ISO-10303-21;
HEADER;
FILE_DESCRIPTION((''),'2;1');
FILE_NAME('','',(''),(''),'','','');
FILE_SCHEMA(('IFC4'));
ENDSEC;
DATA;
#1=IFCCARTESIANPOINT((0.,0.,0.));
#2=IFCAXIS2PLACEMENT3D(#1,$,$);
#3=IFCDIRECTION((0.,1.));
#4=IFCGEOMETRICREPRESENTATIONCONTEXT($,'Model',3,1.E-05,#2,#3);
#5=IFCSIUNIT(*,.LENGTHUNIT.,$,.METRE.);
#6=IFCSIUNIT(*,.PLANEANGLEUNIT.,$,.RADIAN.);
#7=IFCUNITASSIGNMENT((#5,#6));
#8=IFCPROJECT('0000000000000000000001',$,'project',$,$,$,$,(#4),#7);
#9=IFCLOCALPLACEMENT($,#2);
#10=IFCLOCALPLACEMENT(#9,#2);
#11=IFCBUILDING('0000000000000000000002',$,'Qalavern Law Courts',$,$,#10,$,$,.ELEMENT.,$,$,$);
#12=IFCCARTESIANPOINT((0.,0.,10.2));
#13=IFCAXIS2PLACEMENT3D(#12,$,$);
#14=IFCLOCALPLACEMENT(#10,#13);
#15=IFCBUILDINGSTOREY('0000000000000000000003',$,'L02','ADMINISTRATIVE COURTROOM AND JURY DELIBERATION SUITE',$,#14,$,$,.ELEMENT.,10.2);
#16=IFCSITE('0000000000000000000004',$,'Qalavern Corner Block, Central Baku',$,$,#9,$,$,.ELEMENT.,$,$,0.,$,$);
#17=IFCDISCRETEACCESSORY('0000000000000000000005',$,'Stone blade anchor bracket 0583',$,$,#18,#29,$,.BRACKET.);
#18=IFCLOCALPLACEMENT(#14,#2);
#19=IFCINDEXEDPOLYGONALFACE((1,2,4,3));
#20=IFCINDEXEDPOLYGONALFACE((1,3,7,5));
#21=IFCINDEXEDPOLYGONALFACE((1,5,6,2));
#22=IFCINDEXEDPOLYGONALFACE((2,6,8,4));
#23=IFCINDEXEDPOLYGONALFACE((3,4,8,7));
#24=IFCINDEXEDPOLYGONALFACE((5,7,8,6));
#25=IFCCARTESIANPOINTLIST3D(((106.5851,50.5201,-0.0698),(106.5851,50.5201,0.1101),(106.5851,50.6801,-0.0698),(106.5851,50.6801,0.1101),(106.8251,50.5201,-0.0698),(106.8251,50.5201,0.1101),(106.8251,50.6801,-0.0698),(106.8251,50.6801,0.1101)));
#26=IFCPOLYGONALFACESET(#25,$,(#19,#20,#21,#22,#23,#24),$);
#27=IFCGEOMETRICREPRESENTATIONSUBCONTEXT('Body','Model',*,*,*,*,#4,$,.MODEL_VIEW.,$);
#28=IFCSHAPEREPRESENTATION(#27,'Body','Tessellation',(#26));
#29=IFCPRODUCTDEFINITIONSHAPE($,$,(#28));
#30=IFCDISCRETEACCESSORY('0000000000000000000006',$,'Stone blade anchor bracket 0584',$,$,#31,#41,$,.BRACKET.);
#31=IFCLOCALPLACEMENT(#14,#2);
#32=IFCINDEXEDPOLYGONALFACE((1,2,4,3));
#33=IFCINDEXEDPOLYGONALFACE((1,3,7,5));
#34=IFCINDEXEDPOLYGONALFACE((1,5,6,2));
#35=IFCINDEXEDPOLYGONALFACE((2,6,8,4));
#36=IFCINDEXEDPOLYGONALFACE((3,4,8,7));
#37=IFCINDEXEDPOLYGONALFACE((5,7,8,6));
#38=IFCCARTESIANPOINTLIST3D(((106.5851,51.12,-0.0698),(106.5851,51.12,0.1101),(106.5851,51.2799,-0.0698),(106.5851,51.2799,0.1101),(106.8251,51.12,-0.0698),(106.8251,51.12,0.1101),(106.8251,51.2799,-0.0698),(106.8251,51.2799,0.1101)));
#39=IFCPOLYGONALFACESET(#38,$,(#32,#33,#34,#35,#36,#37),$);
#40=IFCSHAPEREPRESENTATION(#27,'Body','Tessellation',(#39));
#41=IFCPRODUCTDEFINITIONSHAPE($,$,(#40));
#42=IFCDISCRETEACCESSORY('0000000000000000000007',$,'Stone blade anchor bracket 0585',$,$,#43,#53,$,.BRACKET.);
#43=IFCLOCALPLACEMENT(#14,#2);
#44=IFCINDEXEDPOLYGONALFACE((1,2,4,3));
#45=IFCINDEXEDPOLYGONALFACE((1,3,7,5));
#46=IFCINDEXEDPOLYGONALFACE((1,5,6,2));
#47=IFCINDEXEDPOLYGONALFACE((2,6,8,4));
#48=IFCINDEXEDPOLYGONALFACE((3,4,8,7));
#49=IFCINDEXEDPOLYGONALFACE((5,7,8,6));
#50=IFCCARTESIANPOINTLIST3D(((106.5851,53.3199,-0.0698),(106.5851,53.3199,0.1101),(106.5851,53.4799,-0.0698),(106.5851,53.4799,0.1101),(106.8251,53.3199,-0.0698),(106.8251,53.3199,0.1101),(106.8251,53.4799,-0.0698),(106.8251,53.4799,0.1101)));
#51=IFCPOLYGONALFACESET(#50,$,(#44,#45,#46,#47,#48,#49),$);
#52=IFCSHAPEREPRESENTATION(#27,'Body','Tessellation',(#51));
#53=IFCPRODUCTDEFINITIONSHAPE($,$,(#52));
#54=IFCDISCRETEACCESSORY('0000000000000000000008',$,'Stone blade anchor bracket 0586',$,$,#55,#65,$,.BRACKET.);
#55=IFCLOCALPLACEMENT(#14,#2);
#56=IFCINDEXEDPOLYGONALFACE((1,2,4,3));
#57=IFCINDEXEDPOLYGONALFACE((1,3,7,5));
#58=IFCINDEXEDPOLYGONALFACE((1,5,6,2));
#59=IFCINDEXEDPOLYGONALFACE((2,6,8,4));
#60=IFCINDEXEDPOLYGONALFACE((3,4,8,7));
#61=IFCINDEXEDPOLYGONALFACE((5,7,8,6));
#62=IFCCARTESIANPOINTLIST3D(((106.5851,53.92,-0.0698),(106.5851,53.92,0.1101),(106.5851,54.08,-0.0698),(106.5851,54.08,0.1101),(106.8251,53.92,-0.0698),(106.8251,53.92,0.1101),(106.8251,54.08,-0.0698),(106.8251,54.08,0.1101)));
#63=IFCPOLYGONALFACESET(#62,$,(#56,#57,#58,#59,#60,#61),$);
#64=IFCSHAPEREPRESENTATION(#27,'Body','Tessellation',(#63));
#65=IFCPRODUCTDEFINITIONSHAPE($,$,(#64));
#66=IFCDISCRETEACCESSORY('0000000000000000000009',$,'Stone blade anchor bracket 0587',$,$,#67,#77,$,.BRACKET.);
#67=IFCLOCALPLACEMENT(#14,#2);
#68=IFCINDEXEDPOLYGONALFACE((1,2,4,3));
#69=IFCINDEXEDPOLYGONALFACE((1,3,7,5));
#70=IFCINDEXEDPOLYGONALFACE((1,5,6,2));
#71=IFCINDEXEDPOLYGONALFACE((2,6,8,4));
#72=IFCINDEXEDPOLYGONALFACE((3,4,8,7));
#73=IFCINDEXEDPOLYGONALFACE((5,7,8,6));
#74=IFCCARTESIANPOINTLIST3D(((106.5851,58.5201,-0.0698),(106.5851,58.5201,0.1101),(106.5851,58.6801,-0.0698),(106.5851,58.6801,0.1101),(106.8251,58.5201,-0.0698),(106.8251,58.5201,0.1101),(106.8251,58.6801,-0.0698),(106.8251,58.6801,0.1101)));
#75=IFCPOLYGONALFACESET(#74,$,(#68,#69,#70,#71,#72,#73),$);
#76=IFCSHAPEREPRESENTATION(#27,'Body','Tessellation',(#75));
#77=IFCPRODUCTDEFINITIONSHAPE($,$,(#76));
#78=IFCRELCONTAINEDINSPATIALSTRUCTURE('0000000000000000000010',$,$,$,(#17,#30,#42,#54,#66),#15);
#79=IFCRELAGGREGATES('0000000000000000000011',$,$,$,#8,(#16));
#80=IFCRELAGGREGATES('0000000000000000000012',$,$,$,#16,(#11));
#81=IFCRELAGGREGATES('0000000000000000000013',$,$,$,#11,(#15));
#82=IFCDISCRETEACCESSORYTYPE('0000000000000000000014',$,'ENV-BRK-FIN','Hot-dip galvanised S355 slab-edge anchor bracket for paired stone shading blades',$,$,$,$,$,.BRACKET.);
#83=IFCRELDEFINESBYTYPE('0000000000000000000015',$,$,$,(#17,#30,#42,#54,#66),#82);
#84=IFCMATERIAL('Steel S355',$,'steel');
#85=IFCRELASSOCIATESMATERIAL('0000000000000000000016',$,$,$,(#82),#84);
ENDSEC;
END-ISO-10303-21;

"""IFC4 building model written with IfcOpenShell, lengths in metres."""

from ifc_helpers import new_model, si_unit, direction, frame, origin, origin_2d, place, context, subcontext, project, spatial, rectangle, extrude, material, type_object, element, save


model = new_model("IFC4")

# Units and contexts
model_context = context("Model", 3, precision=1e-05, world=origin(), true_north=direction((0.0, 1.0)))
body_context = subcontext(model_context, "Body", "Model", "MODEL_VIEW")
ifc_project = project(units=[si_unit("LENGTHUNIT", "METRE"), si_unit("PLANEANGLEUNIT", "RADIAN")], contexts=[model_context])

# Site, building, storey
site_placement = place(None, origin())
site = spatial("IfcSite", under=ifc_project, at=site_placement, Name="Qalavern Corner Block, Central Baku", CompositionType="ELEMENT", RefElevation=0.0)
building_placement = place(site_placement, origin())
building = spatial("IfcBuilding", under=site, at=building_placement, Name="Qalavern Law Courts", CompositionType="ELEMENT")
storey_placement = place(building_placement, frame((0.0, 0.0, 10.2)))
storey = spatial("IfcBuildingStorey", under=building, at=storey_placement, Name="L02", Description="ADMINISTRATIVE COURTROOM AND JURY DELIBERATION SUITE", CompositionType="ELEMENT", Elevation=10.2)

# Discrete accessories
ifc_material_1 = material(Name="Steel S355", Category="steel")
discrete_accessory_type = type_object("IfcDiscreteAccessoryType", Name="ENV-BRK-FIN", Description="Hot-dip galvanised S355 slab-edge anchor bracket for paired stone shading blades", PredefinedType="BRACKET", material=ifc_material_1)
for number, where, z_axis, x_axis, name in (
    (1, (106.7051, 50.6001, -0.0698), (0.0, 0.0, 1.0), (1.0, 0.0, 0.0), "Stone blade anchor bracket 0583"),
    (2, (106.7051, 51.2, -0.0698), (0.0, 0.0, 1.0), (1.0, 0.0, 0.0), "Stone blade anchor bracket 0584"),
    (3, (106.7051, 53.3999, -0.0698), (0.0, 0.0, 1.0), (1.0, 0.0, 0.0), "Stone blade anchor bracket 0585"),
    (4, (106.7051, 54.0, -0.0698), (0.0, 0.0, 1.0), (1.0, 0.0, 0.0), "Stone blade anchor bracket 0586"),
    (5, (106.7051, 58.6001, -0.0698), (0.0, 0.0, 1.0), (1.0, 0.0, 0.0), "Stone blade anchor bracket 0587"),
):
    element("IfcDiscreteAccessory", number, at=place(storey_placement, frame(where, z_axis=z_axis, x_axis=x_axis)), inside=storey, type_object=discrete_accessory_type, Name=name, PredefinedType="BRACKET", context=body_context, shape_type="SweptSolid", body=[
        extrude(rectangle(XDim=0.24, YDim=0.1599, at=origin_2d()), origin(), (0.0, 0.0, 1.0), 0.1799),
    ])

save(model, "model.ifc")
